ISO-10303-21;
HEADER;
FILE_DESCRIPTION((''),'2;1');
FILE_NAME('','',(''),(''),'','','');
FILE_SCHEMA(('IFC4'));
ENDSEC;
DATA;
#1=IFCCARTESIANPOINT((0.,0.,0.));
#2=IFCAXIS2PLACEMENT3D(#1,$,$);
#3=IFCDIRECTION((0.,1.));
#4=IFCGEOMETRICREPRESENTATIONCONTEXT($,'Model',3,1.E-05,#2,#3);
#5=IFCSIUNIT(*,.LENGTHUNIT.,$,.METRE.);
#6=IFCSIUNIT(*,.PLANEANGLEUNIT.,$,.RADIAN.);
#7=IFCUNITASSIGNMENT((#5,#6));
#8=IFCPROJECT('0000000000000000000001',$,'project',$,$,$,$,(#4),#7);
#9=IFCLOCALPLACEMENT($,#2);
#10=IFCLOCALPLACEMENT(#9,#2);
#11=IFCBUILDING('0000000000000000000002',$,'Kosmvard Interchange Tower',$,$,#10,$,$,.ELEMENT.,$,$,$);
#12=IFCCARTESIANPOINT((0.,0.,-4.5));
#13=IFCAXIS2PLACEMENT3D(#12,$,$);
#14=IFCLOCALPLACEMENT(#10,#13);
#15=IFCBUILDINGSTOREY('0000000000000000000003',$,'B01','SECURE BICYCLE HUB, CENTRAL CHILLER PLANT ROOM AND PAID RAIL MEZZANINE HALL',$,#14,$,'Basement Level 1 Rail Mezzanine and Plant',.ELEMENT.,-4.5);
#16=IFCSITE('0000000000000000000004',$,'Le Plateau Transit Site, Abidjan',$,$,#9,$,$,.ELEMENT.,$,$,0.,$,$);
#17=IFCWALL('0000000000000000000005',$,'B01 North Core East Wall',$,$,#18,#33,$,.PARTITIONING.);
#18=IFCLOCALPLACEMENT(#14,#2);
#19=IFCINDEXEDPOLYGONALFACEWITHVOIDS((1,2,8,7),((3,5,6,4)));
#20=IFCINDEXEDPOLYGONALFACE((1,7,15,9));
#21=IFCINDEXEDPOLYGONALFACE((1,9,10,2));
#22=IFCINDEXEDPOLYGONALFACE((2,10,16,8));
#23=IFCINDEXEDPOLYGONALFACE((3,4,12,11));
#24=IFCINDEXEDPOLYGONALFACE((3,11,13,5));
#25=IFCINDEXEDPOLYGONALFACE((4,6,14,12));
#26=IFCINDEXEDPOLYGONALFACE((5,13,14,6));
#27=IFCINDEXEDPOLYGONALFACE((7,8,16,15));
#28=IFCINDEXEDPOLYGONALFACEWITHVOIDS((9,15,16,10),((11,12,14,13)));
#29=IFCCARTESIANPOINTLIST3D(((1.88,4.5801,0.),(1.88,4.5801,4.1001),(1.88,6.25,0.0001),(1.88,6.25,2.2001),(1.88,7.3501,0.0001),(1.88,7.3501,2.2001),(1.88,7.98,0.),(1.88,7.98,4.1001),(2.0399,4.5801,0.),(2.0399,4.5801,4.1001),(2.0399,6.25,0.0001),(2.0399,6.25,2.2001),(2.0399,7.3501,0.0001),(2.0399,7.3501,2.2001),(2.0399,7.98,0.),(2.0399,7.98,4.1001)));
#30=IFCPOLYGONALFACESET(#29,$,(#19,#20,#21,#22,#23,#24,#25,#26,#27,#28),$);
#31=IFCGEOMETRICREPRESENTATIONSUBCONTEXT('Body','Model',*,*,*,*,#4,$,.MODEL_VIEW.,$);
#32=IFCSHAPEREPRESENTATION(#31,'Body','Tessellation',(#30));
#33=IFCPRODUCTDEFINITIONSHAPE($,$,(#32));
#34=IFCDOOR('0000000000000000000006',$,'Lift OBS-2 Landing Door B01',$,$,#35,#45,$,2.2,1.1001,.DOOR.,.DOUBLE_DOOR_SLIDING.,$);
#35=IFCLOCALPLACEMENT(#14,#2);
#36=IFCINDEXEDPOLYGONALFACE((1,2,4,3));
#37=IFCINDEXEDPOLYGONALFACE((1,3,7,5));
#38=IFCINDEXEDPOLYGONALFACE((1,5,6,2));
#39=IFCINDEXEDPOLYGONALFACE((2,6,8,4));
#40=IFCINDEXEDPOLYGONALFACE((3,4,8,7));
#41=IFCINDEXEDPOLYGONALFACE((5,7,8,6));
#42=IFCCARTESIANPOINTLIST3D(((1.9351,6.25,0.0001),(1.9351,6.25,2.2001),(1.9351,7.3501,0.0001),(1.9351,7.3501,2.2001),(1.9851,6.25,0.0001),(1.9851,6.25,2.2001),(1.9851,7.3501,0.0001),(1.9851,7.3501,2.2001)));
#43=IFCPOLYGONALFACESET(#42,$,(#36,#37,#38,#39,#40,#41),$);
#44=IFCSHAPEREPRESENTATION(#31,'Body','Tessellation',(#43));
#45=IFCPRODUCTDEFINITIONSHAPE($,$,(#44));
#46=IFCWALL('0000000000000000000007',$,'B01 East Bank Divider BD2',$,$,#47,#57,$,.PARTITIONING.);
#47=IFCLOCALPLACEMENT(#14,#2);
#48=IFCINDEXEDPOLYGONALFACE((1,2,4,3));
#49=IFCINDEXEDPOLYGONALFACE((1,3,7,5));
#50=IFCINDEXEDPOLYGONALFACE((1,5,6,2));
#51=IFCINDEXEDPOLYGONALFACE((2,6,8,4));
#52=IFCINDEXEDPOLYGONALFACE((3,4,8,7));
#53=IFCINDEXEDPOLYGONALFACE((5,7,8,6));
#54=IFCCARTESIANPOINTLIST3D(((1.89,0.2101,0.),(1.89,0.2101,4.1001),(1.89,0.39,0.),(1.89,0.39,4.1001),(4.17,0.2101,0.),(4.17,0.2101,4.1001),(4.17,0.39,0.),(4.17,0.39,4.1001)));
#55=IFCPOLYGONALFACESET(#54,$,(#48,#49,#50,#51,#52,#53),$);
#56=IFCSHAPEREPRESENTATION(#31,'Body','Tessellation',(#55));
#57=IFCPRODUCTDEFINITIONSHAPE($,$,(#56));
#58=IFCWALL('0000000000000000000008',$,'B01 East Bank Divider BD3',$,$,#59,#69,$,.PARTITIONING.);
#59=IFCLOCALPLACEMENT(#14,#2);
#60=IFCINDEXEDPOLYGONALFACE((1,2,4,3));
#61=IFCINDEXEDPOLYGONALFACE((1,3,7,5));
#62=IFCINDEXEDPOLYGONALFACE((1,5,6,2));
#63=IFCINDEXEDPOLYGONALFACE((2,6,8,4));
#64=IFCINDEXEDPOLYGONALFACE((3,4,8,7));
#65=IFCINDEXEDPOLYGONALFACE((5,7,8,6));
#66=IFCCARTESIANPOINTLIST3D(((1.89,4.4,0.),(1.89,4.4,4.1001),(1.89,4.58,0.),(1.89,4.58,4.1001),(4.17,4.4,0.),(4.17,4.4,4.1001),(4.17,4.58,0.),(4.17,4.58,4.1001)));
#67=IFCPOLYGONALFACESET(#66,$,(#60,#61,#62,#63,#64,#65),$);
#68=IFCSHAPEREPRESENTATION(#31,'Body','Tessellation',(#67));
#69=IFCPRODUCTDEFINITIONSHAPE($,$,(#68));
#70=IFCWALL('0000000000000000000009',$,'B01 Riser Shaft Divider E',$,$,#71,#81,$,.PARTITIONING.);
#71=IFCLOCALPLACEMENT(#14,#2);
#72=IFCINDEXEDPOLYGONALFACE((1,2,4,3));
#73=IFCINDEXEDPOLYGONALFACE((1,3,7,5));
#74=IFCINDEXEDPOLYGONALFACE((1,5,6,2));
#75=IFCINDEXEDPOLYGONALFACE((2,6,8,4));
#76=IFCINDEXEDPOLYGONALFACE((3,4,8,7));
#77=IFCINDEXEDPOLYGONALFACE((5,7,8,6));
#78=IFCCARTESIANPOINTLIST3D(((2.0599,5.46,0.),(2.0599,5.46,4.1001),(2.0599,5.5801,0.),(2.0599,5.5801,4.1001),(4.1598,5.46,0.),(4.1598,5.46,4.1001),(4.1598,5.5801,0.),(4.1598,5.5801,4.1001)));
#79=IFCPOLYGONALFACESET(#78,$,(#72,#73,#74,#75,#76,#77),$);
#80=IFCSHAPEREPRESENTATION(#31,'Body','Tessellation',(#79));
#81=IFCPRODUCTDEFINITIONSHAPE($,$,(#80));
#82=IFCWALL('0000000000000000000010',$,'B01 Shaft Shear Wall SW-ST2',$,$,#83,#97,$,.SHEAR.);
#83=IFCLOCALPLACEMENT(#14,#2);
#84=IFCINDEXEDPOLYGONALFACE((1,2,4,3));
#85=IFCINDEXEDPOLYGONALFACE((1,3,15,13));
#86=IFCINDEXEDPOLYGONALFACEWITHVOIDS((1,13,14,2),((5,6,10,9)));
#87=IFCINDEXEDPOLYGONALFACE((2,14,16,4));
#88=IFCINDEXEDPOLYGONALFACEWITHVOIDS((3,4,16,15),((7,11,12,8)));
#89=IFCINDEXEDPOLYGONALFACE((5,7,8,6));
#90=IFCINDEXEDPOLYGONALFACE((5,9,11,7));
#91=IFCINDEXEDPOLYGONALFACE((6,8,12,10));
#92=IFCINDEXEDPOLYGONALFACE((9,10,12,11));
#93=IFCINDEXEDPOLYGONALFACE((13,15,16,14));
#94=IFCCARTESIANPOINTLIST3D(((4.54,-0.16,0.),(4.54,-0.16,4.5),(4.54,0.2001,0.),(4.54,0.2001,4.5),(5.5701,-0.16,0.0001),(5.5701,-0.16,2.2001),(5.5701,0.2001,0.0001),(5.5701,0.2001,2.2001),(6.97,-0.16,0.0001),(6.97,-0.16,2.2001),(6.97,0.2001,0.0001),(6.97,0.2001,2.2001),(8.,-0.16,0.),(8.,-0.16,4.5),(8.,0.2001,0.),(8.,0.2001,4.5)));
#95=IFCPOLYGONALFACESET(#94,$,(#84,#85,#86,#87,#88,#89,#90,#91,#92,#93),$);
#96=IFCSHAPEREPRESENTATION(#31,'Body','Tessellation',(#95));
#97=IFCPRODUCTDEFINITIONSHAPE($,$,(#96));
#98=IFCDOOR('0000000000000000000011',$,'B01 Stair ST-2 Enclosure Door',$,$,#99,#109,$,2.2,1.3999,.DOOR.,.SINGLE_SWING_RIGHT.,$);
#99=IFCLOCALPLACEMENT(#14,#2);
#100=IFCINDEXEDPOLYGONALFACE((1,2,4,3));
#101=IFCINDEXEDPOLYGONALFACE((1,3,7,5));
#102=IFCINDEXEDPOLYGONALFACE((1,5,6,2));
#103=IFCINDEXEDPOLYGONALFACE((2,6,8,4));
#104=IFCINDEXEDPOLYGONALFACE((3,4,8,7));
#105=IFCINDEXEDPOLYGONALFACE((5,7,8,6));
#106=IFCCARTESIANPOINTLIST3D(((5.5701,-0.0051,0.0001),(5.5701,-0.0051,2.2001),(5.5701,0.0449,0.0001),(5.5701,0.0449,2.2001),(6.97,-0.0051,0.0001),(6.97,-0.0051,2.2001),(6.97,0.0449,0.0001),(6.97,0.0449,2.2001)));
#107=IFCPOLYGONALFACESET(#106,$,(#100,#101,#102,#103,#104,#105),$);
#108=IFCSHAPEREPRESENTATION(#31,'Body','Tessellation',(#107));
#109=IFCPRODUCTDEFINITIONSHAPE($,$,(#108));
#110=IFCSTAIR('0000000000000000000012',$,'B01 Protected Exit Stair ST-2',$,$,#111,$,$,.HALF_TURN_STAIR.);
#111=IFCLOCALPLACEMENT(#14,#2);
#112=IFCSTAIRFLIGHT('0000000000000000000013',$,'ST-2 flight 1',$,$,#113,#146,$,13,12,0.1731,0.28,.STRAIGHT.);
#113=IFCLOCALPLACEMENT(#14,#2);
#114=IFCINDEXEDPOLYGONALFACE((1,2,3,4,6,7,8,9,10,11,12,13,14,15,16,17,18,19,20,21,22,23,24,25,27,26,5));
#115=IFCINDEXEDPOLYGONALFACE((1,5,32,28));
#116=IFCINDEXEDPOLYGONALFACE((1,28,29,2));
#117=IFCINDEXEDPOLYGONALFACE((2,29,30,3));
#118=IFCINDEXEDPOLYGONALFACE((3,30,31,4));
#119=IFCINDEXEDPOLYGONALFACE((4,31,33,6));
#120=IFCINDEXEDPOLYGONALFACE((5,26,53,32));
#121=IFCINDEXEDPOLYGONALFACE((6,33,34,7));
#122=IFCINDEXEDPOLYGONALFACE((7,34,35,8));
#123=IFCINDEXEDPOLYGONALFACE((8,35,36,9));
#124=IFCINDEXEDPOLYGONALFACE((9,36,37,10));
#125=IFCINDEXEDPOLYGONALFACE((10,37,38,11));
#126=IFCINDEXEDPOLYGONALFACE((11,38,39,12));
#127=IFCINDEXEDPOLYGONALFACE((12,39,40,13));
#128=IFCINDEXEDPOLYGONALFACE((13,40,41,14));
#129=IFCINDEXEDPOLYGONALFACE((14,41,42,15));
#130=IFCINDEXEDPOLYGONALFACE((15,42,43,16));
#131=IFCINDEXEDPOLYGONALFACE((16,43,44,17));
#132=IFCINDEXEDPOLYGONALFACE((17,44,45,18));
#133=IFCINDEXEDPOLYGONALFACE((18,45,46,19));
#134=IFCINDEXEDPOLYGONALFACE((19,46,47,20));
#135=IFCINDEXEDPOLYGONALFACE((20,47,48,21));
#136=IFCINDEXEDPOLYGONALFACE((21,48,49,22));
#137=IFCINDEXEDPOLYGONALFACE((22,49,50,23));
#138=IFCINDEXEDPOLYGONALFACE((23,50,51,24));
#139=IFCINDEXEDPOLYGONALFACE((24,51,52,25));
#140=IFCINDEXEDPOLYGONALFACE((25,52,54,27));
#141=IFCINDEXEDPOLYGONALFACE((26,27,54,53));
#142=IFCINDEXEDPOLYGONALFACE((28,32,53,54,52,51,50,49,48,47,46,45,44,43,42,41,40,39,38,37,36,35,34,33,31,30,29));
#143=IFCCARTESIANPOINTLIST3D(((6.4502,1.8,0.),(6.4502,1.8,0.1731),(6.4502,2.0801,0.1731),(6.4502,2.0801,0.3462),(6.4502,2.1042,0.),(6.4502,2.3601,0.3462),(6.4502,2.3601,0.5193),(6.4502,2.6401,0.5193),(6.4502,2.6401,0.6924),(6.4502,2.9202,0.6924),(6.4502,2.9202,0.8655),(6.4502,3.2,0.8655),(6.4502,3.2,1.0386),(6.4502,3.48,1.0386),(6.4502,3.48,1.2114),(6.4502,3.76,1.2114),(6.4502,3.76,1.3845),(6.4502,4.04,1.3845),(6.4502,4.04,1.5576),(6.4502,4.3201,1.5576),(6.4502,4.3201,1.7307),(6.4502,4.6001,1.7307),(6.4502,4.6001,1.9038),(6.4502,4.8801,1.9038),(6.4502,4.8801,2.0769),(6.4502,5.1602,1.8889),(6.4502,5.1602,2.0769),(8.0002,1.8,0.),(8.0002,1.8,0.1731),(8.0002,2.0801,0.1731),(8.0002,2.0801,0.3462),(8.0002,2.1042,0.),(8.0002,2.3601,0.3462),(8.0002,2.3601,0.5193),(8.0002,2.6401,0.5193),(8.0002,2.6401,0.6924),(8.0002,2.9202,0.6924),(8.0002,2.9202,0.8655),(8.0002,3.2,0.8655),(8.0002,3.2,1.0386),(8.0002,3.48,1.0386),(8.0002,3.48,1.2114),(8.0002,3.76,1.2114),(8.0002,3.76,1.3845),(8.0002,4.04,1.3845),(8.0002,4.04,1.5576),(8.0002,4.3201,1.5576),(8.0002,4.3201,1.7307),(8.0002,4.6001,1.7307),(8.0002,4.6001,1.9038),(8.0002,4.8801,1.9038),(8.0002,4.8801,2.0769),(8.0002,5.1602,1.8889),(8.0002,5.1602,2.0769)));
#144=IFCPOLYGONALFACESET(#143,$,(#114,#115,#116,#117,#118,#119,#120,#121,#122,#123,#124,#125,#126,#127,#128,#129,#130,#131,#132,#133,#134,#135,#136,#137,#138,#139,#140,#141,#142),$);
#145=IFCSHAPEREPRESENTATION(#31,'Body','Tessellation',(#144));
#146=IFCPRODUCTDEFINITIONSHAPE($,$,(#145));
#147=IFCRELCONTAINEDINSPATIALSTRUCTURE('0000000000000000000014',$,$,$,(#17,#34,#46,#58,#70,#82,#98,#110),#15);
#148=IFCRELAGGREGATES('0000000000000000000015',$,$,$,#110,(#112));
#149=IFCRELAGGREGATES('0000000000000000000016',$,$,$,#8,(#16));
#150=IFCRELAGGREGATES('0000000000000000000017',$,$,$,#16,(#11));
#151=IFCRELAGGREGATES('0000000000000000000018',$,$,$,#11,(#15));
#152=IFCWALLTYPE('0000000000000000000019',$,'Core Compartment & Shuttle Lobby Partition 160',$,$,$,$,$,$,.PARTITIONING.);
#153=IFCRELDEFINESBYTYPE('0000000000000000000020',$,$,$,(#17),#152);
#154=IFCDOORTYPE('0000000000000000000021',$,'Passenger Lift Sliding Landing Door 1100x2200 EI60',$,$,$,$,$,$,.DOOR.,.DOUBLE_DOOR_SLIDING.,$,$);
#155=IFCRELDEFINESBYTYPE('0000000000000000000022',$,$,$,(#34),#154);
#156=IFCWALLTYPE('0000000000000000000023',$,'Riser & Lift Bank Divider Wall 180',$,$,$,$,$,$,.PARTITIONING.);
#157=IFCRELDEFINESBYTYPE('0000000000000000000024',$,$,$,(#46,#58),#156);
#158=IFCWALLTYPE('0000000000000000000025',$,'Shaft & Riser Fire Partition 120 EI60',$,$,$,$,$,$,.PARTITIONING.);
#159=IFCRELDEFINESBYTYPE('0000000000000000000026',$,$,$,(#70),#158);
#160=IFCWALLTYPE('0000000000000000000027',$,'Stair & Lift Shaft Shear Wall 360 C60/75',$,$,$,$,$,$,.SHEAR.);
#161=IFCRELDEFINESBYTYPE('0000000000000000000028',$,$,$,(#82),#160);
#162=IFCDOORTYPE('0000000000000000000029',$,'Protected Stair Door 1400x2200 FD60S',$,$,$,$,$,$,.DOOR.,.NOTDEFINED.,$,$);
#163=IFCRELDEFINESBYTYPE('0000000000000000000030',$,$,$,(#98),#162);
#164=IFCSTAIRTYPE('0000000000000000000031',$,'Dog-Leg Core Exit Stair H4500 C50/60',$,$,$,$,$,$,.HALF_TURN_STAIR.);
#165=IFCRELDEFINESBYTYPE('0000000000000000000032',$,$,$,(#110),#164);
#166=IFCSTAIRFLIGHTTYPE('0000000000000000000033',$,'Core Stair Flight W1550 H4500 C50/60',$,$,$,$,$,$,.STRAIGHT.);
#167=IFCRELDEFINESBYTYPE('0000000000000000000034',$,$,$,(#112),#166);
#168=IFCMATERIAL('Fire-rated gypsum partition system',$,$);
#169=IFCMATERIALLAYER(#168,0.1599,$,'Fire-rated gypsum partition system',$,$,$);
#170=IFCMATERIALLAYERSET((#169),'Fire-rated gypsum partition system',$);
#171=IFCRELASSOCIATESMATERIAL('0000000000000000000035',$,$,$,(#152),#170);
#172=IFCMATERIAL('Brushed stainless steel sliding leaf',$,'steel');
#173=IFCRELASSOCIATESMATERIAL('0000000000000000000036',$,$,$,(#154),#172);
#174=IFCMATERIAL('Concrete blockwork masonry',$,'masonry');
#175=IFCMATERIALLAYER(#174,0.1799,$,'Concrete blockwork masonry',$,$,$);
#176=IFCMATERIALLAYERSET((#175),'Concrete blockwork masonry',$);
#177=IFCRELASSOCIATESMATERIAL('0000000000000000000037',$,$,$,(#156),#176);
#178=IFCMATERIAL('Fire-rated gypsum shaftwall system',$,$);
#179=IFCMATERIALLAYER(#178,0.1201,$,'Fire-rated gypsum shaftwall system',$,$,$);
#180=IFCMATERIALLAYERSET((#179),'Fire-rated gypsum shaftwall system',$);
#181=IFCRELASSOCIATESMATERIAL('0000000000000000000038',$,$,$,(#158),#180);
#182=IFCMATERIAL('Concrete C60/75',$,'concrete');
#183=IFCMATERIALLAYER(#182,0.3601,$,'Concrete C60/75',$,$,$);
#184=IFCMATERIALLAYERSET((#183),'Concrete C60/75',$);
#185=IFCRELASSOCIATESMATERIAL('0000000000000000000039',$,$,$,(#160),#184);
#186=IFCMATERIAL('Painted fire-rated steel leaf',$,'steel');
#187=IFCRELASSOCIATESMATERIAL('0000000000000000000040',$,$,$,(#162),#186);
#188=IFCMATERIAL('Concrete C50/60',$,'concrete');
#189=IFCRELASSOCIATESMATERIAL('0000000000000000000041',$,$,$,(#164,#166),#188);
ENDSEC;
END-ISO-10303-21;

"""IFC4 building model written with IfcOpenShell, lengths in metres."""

from ifc_helpers import new_model, si_unit, direction, frame, frame_2d, origin, place, context, subcontext, project, spatial, polyline, rectangle, outline, extrude, source, transform, mapped, material, layer, layer_set, type_object, element, fill, aggregate, save


model = new_model("IFC4")

# Units and contexts
model_context = context("Model", 3, precision=1e-05, world=origin(), true_north=direction((0.0, 1.0)))
body_context = subcontext(model_context, "Body", "Model", "MODEL_VIEW")
ifc_project = project(units=[si_unit("LENGTHUNIT", "METRE"), si_unit("PLANEANGLEUNIT", "RADIAN")], contexts=[model_context])

# Site, building, storey
site_placement = place(None, origin())
site = spatial("IfcSite", under=ifc_project, at=site_placement, Name="Le Plateau Transit Site, Abidjan", CompositionType="ELEMENT", RefElevation=0.0)
building_placement = place(site_placement, origin())
building = spatial("IfcBuilding", under=site, at=building_placement, Name="Kosmvard Interchange Tower", CompositionType="ELEMENT")
storey_placement = place(building_placement, frame((0.0, 0.0, -4.5)))
storey = spatial("IfcBuildingStorey", under=building, at=storey_placement, Name="B01", Description="SECURE BICYCLE HUB, CENTRAL CHILLER PLANT ROOM AND PAID RAIL MEZZANINE HALL", LongName="Basement Level 1 Rail Mezzanine and Plant", CompositionType="ELEMENT", Elevation=-4.5)

# Shared definitions
ifc_material_1 = material(Name="Concrete C60/75", Category="concrete")

# Shared definitions
ifc_material_2 = material(Name="Concrete C50/60", Category="concrete")

# Wall, opening, door
ifc_material_3 = material(Name="Fire-rated gypsum partition system")
ifc_layer_1 = layer(ifc_material_3, 0.1599, Name="Fire-rated gypsum partition system")
ifc_layer_set_1 = layer_set([ifc_layer_1], Name="Fire-rated gypsum partition system")
wall_type_1 = type_object("IfcWallType", Name="Core Compartment & Shuttle Lobby Partition 160", PredefinedType="PARTITIONING", material=ifc_layer_set_1)
wall_1_placement = place(storey_placement, frame((1.96, 4.5801, 0.0), z_axis=(0.0, 0.0, 1.0), x_axis=(0.0, 1.0, 0.0)))
wall_1 = element("IfcWall", 1, at=wall_1_placement, inside=storey, type_object=wall_type_1, Name="B01 North Core East Wall", PredefinedType="PARTITIONING", context=body_context, shape_type="SweptSolid", body=[
    extrude(rectangle(XDim=3.3999, YDim=0.1599, at=frame_2d((1.7, 0.0))), origin(), (0.0, 0.0, 1.0), 4.1001),
])
opening_1_placement = place(wall_1_placement, frame((1.6699, 0.0, 0.0)))
opening_1 = element("IfcOpeningElement", 2, at=opening_1_placement, cuts=wall_1, PredefinedType="OPENING", context=body_context, shape_type="SweptSolid", body=[
    extrude(rectangle(XDim=1.1001, YDim=2.2, at=frame_2d((0.55, 1.1001))), frame((0.0, 0.0898, 0.0), z_axis=(0.0, -1.0, 0.0), x_axis=(1.0, 0.0, 0.0)), (0.0, 0.0, 1.0), 0.1799),
])
ifc_material_4 = material(Name="Brushed stainless steel sliding leaf", Category="steel")
door_type_1 = type_object("IfcDoorType", Name="Passenger Lift Sliding Landing Door 1100x2200 EI60", OperationType="DOUBLE_DOOR_SLIDING", PredefinedType="DOOR", material=ifc_material_4)
shared_shape_1 = source(origin(), body_context, "Body", "SweptSolid", [
    extrude(rectangle(XDim=1.1001, YDim=2.2, at=frame_2d((0.55, 1.1001))), frame((0.0, 0.0249, 0.0), z_axis=(0.0, -1.0, 0.0), x_axis=(1.0, 0.0, 0.0)), (0.0, 0.0, 1.0), 0.05),
])
door_1_placement = place(opening_1_placement, origin())
door_1 = element("IfcDoor", 3, at=door_1_placement, inside=storey, type_object=door_type_1, Name="Lift OBS-2 Landing Door B01", OperationType="DOUBLE_DOOR_SLIDING", OverallHeight=2.2, OverallWidth=1.1001, PredefinedType="DOOR", context=body_context, shape_type="MappedRepresentation", body=[
    mapped(shared_shape_1, transform((0.0, 0.0, 0.0), scale=1.0)),
])
fill(opening_1, door_1)

# Walls
ifc_material_5 = material(Name="Concrete blockwork masonry", Category="masonry")
ifc_layer_2 = layer(ifc_material_5, 0.1799, Name="Concrete blockwork masonry")
ifc_layer_set_2 = layer_set([ifc_layer_2], Name="Concrete blockwork masonry")
wall_type_2 = type_object("IfcWallType", Name="Riser & Lift Bank Divider Wall 180", PredefinedType="PARTITIONING", material=ifc_layer_set_2)
for number, where, z_axis, x_axis, name in (
    (4, (1.8899, 0.3, 0.0), (0.0, 0.0, 1.0), (1.0, 0.0, 0.0), "B01 East Bank Divider BD2"),
    (5, (1.8899, 4.49, 0.0), (0.0, 0.0, 1.0), (1.0, 0.0, 0.0), "B01 East Bank Divider BD3"),
):
    element("IfcWall", number, at=place(storey_placement, frame(where, z_axis=z_axis, x_axis=x_axis)), inside=storey, type_object=wall_type_2, Name=name, PredefinedType="PARTITIONING", context=body_context, shape_type="SweptSolid", body=[
        extrude(rectangle(XDim=2.28, YDim=0.1799, at=frame_2d((1.1401, 0.0))), origin(), (0.0, 0.0, 1.0), 4.1001),
    ])
ifc_material_6 = material(Name="Fire-rated gypsum shaftwall system")
ifc_layer_3 = layer(ifc_material_6, 0.1201, Name="Fire-rated gypsum shaftwall system")
ifc_layer_set_3 = layer_set([ifc_layer_3], Name="Fire-rated gypsum shaftwall system")
wall_type_3 = type_object("IfcWallType", Name="Shaft & Riser Fire Partition 120 EI60", PredefinedType="PARTITIONING", material=ifc_layer_set_3)
wall_2_placement = place(storey_placement, frame((2.0601, 5.52, 0.0), z_axis=(0.0, 0.0, 1.0), x_axis=(1.0, 0.0, 0.0)))
element("IfcWall", 6, at=wall_2_placement, inside=storey, type_object=wall_type_3, Name="B01 Riser Shaft Divider E", PredefinedType="PARTITIONING", context=body_context, shape_type="SweptSolid", body=[
    extrude(rectangle(XDim=2.0999, YDim=0.1201, at=frame_2d((1.0498, 0.0))), origin(), (0.0, 0.0, 1.0), 4.1001),
])

# Wall, opening, door
ifc_layer_4 = layer(ifc_material_1, 0.3601, Name="Concrete C60/75")
ifc_layer_set_4 = layer_set([ifc_layer_4], Name="Concrete C60/75")
wall_type_4 = type_object("IfcWallType", Name="Stair & Lift Shaft Shear Wall 360 C60/75", PredefinedType="SHEAR", material=ifc_layer_set_4)
wall_3_placement = place(storey_placement, frame((4.54, 0.02, 0.0), z_axis=(0.0, 0.0, 1.0), x_axis=(1.0, 0.0, 0.0)))
wall_3 = element("IfcWall", 7, at=wall_3_placement, inside=storey, type_object=wall_type_4, Name="B01 Shaft Shear Wall SW-ST2", PredefinedType="SHEAR", context=body_context, shape_type="SweptSolid", body=[
    extrude(rectangle(XDim=3.46, YDim=0.3601, at=frame_2d((1.73, 0.0))), origin(), (0.0, 0.0, 1.0), 4.5),
])
opening_2_placement = place(wall_3_placement, frame((1.03, 0.0, 0.0)))
opening_2 = element("IfcOpeningElement", 8, at=opening_2_placement, cuts=wall_3, PredefinedType="OPENING", context=body_context, shape_type="SweptSolid", body=[
    extrude(rectangle(XDim=1.3999, YDim=2.2, at=frame_2d((0.7, 1.1001))), frame((0.0, 0.1899, 0.0), z_axis=(0.0, -1.0, 0.0), x_axis=(1.0, 0.0, 0.0)), (0.0, 0.0, 1.0), 0.3801),
])
ifc_material_7 = material(Name="Painted fire-rated steel leaf", Category="steel")
door_type_2 = type_object("IfcDoorType", Name="Protected Stair Door 1400x2200 FD60S", OperationType="NOTDEFINED", PredefinedType="DOOR", material=ifc_material_7)
shared_shape_2 = source(origin(), body_context, "Body", "SweptSolid", [
    extrude(rectangle(XDim=1.3999, YDim=2.2, at=frame_2d((0.7, 1.1001))), frame((0.0, 0.0249, 0.0), z_axis=(0.0, -1.0, 0.0), x_axis=(1.0, 0.0, 0.0)), (0.0, 0.0, 1.0), 0.05),
])
door_2_placement = place(opening_2_placement, origin())
door_2 = element("IfcDoor", 9, at=door_2_placement, inside=storey, type_object=door_type_2, Name="B01 Stair ST-2 Enclosure Door", OperationType="SINGLE_SWING_RIGHT", OverallHeight=2.2, OverallWidth=1.3999, PredefinedType="DOOR", context=body_context, shape_type="MappedRepresentation", body=[
    mapped(shared_shape_2, transform((0.0, 0.0, 0.0), scale=1.0)),
])
fill(opening_2, door_2)

# Stair, stair flight
stair_type = type_object("IfcStairType", Name="Dog-Leg Core Exit Stair H4500 C50/60", PredefinedType="HALF_TURN_STAIR", material=ifc_material_2)
stair_placement = place(storey_placement, origin())
stair = element("IfcStair", 10, at=stair_placement, inside=storey, type_object=stair_type, Name="B01 Protected Exit Stair ST-2", PredefinedType="HALF_TURN_STAIR")
stair_flight_type = type_object("IfcStairFlightType", Name="Core Stair Flight W1550 H4500 C50/60", PredefinedType="STRAIGHT", material=ifc_material_2)
shared_shape_3 = source(origin(), body_context, "Body", "SweptSolid", [
    extrude(outline(polyline([(0.0, 0.0), (0.0, 0.1731), (0.28, 0.1731), (0.28, 0.3462), (0.5601, 0.3462), (0.5601, 0.5193), (0.8401, 0.5193), (0.8401, 0.6924), (1.1201, 0.6924), (1.1201, 0.8655), (1.3999, 0.8655), (1.3999, 1.0386), (1.6799, 1.0386), (1.6799, 1.2114), (1.96, 1.2114), (1.96, 1.3845), (2.24, 1.3845), (2.24, 1.5576), (2.52, 1.5576), (2.52, 1.7307), (2.8, 1.7307), (2.8, 1.9038), (3.0801, 1.9038), (3.0801, 2.0769), (3.3601, 2.0769), (3.3601, 2.25), (3.3601, 1.8889), (0.3042, 0.0), (0.0, 0.0)])), frame((0.0, 0.7749, 0.0), z_axis=(0.0, -1.0, 0.0), x_axis=(1.0, 0.0, 0.0)), (0.0, 0.0, 1.0), 1.55),
])
stair_flight_1_placement = place(storey_placement, frame((7.2251, 1.8, 0.0), z_axis=(0.0, 0.0, 1.0), x_axis=(0.0, 1.0, 0.0)))
stair_flight_1 = element("IfcStairFlight", 11, at=stair_flight_1_placement, type_object=stair_flight_type, Name="ST-2 flight 1", NumberOfRisers=13, NumberOfTreads=12, PredefinedType="STRAIGHT", RiserHeight=0.1731, TreadLength=0.28, context=body_context, shape_type="MappedRepresentation", body=[
    mapped(shared_shape_3, transform((0.0, 0.0, 0.0), scale=1.0)),
])
aggregate(stair, [stair_flight_1])

save(model, "model.ifc")
